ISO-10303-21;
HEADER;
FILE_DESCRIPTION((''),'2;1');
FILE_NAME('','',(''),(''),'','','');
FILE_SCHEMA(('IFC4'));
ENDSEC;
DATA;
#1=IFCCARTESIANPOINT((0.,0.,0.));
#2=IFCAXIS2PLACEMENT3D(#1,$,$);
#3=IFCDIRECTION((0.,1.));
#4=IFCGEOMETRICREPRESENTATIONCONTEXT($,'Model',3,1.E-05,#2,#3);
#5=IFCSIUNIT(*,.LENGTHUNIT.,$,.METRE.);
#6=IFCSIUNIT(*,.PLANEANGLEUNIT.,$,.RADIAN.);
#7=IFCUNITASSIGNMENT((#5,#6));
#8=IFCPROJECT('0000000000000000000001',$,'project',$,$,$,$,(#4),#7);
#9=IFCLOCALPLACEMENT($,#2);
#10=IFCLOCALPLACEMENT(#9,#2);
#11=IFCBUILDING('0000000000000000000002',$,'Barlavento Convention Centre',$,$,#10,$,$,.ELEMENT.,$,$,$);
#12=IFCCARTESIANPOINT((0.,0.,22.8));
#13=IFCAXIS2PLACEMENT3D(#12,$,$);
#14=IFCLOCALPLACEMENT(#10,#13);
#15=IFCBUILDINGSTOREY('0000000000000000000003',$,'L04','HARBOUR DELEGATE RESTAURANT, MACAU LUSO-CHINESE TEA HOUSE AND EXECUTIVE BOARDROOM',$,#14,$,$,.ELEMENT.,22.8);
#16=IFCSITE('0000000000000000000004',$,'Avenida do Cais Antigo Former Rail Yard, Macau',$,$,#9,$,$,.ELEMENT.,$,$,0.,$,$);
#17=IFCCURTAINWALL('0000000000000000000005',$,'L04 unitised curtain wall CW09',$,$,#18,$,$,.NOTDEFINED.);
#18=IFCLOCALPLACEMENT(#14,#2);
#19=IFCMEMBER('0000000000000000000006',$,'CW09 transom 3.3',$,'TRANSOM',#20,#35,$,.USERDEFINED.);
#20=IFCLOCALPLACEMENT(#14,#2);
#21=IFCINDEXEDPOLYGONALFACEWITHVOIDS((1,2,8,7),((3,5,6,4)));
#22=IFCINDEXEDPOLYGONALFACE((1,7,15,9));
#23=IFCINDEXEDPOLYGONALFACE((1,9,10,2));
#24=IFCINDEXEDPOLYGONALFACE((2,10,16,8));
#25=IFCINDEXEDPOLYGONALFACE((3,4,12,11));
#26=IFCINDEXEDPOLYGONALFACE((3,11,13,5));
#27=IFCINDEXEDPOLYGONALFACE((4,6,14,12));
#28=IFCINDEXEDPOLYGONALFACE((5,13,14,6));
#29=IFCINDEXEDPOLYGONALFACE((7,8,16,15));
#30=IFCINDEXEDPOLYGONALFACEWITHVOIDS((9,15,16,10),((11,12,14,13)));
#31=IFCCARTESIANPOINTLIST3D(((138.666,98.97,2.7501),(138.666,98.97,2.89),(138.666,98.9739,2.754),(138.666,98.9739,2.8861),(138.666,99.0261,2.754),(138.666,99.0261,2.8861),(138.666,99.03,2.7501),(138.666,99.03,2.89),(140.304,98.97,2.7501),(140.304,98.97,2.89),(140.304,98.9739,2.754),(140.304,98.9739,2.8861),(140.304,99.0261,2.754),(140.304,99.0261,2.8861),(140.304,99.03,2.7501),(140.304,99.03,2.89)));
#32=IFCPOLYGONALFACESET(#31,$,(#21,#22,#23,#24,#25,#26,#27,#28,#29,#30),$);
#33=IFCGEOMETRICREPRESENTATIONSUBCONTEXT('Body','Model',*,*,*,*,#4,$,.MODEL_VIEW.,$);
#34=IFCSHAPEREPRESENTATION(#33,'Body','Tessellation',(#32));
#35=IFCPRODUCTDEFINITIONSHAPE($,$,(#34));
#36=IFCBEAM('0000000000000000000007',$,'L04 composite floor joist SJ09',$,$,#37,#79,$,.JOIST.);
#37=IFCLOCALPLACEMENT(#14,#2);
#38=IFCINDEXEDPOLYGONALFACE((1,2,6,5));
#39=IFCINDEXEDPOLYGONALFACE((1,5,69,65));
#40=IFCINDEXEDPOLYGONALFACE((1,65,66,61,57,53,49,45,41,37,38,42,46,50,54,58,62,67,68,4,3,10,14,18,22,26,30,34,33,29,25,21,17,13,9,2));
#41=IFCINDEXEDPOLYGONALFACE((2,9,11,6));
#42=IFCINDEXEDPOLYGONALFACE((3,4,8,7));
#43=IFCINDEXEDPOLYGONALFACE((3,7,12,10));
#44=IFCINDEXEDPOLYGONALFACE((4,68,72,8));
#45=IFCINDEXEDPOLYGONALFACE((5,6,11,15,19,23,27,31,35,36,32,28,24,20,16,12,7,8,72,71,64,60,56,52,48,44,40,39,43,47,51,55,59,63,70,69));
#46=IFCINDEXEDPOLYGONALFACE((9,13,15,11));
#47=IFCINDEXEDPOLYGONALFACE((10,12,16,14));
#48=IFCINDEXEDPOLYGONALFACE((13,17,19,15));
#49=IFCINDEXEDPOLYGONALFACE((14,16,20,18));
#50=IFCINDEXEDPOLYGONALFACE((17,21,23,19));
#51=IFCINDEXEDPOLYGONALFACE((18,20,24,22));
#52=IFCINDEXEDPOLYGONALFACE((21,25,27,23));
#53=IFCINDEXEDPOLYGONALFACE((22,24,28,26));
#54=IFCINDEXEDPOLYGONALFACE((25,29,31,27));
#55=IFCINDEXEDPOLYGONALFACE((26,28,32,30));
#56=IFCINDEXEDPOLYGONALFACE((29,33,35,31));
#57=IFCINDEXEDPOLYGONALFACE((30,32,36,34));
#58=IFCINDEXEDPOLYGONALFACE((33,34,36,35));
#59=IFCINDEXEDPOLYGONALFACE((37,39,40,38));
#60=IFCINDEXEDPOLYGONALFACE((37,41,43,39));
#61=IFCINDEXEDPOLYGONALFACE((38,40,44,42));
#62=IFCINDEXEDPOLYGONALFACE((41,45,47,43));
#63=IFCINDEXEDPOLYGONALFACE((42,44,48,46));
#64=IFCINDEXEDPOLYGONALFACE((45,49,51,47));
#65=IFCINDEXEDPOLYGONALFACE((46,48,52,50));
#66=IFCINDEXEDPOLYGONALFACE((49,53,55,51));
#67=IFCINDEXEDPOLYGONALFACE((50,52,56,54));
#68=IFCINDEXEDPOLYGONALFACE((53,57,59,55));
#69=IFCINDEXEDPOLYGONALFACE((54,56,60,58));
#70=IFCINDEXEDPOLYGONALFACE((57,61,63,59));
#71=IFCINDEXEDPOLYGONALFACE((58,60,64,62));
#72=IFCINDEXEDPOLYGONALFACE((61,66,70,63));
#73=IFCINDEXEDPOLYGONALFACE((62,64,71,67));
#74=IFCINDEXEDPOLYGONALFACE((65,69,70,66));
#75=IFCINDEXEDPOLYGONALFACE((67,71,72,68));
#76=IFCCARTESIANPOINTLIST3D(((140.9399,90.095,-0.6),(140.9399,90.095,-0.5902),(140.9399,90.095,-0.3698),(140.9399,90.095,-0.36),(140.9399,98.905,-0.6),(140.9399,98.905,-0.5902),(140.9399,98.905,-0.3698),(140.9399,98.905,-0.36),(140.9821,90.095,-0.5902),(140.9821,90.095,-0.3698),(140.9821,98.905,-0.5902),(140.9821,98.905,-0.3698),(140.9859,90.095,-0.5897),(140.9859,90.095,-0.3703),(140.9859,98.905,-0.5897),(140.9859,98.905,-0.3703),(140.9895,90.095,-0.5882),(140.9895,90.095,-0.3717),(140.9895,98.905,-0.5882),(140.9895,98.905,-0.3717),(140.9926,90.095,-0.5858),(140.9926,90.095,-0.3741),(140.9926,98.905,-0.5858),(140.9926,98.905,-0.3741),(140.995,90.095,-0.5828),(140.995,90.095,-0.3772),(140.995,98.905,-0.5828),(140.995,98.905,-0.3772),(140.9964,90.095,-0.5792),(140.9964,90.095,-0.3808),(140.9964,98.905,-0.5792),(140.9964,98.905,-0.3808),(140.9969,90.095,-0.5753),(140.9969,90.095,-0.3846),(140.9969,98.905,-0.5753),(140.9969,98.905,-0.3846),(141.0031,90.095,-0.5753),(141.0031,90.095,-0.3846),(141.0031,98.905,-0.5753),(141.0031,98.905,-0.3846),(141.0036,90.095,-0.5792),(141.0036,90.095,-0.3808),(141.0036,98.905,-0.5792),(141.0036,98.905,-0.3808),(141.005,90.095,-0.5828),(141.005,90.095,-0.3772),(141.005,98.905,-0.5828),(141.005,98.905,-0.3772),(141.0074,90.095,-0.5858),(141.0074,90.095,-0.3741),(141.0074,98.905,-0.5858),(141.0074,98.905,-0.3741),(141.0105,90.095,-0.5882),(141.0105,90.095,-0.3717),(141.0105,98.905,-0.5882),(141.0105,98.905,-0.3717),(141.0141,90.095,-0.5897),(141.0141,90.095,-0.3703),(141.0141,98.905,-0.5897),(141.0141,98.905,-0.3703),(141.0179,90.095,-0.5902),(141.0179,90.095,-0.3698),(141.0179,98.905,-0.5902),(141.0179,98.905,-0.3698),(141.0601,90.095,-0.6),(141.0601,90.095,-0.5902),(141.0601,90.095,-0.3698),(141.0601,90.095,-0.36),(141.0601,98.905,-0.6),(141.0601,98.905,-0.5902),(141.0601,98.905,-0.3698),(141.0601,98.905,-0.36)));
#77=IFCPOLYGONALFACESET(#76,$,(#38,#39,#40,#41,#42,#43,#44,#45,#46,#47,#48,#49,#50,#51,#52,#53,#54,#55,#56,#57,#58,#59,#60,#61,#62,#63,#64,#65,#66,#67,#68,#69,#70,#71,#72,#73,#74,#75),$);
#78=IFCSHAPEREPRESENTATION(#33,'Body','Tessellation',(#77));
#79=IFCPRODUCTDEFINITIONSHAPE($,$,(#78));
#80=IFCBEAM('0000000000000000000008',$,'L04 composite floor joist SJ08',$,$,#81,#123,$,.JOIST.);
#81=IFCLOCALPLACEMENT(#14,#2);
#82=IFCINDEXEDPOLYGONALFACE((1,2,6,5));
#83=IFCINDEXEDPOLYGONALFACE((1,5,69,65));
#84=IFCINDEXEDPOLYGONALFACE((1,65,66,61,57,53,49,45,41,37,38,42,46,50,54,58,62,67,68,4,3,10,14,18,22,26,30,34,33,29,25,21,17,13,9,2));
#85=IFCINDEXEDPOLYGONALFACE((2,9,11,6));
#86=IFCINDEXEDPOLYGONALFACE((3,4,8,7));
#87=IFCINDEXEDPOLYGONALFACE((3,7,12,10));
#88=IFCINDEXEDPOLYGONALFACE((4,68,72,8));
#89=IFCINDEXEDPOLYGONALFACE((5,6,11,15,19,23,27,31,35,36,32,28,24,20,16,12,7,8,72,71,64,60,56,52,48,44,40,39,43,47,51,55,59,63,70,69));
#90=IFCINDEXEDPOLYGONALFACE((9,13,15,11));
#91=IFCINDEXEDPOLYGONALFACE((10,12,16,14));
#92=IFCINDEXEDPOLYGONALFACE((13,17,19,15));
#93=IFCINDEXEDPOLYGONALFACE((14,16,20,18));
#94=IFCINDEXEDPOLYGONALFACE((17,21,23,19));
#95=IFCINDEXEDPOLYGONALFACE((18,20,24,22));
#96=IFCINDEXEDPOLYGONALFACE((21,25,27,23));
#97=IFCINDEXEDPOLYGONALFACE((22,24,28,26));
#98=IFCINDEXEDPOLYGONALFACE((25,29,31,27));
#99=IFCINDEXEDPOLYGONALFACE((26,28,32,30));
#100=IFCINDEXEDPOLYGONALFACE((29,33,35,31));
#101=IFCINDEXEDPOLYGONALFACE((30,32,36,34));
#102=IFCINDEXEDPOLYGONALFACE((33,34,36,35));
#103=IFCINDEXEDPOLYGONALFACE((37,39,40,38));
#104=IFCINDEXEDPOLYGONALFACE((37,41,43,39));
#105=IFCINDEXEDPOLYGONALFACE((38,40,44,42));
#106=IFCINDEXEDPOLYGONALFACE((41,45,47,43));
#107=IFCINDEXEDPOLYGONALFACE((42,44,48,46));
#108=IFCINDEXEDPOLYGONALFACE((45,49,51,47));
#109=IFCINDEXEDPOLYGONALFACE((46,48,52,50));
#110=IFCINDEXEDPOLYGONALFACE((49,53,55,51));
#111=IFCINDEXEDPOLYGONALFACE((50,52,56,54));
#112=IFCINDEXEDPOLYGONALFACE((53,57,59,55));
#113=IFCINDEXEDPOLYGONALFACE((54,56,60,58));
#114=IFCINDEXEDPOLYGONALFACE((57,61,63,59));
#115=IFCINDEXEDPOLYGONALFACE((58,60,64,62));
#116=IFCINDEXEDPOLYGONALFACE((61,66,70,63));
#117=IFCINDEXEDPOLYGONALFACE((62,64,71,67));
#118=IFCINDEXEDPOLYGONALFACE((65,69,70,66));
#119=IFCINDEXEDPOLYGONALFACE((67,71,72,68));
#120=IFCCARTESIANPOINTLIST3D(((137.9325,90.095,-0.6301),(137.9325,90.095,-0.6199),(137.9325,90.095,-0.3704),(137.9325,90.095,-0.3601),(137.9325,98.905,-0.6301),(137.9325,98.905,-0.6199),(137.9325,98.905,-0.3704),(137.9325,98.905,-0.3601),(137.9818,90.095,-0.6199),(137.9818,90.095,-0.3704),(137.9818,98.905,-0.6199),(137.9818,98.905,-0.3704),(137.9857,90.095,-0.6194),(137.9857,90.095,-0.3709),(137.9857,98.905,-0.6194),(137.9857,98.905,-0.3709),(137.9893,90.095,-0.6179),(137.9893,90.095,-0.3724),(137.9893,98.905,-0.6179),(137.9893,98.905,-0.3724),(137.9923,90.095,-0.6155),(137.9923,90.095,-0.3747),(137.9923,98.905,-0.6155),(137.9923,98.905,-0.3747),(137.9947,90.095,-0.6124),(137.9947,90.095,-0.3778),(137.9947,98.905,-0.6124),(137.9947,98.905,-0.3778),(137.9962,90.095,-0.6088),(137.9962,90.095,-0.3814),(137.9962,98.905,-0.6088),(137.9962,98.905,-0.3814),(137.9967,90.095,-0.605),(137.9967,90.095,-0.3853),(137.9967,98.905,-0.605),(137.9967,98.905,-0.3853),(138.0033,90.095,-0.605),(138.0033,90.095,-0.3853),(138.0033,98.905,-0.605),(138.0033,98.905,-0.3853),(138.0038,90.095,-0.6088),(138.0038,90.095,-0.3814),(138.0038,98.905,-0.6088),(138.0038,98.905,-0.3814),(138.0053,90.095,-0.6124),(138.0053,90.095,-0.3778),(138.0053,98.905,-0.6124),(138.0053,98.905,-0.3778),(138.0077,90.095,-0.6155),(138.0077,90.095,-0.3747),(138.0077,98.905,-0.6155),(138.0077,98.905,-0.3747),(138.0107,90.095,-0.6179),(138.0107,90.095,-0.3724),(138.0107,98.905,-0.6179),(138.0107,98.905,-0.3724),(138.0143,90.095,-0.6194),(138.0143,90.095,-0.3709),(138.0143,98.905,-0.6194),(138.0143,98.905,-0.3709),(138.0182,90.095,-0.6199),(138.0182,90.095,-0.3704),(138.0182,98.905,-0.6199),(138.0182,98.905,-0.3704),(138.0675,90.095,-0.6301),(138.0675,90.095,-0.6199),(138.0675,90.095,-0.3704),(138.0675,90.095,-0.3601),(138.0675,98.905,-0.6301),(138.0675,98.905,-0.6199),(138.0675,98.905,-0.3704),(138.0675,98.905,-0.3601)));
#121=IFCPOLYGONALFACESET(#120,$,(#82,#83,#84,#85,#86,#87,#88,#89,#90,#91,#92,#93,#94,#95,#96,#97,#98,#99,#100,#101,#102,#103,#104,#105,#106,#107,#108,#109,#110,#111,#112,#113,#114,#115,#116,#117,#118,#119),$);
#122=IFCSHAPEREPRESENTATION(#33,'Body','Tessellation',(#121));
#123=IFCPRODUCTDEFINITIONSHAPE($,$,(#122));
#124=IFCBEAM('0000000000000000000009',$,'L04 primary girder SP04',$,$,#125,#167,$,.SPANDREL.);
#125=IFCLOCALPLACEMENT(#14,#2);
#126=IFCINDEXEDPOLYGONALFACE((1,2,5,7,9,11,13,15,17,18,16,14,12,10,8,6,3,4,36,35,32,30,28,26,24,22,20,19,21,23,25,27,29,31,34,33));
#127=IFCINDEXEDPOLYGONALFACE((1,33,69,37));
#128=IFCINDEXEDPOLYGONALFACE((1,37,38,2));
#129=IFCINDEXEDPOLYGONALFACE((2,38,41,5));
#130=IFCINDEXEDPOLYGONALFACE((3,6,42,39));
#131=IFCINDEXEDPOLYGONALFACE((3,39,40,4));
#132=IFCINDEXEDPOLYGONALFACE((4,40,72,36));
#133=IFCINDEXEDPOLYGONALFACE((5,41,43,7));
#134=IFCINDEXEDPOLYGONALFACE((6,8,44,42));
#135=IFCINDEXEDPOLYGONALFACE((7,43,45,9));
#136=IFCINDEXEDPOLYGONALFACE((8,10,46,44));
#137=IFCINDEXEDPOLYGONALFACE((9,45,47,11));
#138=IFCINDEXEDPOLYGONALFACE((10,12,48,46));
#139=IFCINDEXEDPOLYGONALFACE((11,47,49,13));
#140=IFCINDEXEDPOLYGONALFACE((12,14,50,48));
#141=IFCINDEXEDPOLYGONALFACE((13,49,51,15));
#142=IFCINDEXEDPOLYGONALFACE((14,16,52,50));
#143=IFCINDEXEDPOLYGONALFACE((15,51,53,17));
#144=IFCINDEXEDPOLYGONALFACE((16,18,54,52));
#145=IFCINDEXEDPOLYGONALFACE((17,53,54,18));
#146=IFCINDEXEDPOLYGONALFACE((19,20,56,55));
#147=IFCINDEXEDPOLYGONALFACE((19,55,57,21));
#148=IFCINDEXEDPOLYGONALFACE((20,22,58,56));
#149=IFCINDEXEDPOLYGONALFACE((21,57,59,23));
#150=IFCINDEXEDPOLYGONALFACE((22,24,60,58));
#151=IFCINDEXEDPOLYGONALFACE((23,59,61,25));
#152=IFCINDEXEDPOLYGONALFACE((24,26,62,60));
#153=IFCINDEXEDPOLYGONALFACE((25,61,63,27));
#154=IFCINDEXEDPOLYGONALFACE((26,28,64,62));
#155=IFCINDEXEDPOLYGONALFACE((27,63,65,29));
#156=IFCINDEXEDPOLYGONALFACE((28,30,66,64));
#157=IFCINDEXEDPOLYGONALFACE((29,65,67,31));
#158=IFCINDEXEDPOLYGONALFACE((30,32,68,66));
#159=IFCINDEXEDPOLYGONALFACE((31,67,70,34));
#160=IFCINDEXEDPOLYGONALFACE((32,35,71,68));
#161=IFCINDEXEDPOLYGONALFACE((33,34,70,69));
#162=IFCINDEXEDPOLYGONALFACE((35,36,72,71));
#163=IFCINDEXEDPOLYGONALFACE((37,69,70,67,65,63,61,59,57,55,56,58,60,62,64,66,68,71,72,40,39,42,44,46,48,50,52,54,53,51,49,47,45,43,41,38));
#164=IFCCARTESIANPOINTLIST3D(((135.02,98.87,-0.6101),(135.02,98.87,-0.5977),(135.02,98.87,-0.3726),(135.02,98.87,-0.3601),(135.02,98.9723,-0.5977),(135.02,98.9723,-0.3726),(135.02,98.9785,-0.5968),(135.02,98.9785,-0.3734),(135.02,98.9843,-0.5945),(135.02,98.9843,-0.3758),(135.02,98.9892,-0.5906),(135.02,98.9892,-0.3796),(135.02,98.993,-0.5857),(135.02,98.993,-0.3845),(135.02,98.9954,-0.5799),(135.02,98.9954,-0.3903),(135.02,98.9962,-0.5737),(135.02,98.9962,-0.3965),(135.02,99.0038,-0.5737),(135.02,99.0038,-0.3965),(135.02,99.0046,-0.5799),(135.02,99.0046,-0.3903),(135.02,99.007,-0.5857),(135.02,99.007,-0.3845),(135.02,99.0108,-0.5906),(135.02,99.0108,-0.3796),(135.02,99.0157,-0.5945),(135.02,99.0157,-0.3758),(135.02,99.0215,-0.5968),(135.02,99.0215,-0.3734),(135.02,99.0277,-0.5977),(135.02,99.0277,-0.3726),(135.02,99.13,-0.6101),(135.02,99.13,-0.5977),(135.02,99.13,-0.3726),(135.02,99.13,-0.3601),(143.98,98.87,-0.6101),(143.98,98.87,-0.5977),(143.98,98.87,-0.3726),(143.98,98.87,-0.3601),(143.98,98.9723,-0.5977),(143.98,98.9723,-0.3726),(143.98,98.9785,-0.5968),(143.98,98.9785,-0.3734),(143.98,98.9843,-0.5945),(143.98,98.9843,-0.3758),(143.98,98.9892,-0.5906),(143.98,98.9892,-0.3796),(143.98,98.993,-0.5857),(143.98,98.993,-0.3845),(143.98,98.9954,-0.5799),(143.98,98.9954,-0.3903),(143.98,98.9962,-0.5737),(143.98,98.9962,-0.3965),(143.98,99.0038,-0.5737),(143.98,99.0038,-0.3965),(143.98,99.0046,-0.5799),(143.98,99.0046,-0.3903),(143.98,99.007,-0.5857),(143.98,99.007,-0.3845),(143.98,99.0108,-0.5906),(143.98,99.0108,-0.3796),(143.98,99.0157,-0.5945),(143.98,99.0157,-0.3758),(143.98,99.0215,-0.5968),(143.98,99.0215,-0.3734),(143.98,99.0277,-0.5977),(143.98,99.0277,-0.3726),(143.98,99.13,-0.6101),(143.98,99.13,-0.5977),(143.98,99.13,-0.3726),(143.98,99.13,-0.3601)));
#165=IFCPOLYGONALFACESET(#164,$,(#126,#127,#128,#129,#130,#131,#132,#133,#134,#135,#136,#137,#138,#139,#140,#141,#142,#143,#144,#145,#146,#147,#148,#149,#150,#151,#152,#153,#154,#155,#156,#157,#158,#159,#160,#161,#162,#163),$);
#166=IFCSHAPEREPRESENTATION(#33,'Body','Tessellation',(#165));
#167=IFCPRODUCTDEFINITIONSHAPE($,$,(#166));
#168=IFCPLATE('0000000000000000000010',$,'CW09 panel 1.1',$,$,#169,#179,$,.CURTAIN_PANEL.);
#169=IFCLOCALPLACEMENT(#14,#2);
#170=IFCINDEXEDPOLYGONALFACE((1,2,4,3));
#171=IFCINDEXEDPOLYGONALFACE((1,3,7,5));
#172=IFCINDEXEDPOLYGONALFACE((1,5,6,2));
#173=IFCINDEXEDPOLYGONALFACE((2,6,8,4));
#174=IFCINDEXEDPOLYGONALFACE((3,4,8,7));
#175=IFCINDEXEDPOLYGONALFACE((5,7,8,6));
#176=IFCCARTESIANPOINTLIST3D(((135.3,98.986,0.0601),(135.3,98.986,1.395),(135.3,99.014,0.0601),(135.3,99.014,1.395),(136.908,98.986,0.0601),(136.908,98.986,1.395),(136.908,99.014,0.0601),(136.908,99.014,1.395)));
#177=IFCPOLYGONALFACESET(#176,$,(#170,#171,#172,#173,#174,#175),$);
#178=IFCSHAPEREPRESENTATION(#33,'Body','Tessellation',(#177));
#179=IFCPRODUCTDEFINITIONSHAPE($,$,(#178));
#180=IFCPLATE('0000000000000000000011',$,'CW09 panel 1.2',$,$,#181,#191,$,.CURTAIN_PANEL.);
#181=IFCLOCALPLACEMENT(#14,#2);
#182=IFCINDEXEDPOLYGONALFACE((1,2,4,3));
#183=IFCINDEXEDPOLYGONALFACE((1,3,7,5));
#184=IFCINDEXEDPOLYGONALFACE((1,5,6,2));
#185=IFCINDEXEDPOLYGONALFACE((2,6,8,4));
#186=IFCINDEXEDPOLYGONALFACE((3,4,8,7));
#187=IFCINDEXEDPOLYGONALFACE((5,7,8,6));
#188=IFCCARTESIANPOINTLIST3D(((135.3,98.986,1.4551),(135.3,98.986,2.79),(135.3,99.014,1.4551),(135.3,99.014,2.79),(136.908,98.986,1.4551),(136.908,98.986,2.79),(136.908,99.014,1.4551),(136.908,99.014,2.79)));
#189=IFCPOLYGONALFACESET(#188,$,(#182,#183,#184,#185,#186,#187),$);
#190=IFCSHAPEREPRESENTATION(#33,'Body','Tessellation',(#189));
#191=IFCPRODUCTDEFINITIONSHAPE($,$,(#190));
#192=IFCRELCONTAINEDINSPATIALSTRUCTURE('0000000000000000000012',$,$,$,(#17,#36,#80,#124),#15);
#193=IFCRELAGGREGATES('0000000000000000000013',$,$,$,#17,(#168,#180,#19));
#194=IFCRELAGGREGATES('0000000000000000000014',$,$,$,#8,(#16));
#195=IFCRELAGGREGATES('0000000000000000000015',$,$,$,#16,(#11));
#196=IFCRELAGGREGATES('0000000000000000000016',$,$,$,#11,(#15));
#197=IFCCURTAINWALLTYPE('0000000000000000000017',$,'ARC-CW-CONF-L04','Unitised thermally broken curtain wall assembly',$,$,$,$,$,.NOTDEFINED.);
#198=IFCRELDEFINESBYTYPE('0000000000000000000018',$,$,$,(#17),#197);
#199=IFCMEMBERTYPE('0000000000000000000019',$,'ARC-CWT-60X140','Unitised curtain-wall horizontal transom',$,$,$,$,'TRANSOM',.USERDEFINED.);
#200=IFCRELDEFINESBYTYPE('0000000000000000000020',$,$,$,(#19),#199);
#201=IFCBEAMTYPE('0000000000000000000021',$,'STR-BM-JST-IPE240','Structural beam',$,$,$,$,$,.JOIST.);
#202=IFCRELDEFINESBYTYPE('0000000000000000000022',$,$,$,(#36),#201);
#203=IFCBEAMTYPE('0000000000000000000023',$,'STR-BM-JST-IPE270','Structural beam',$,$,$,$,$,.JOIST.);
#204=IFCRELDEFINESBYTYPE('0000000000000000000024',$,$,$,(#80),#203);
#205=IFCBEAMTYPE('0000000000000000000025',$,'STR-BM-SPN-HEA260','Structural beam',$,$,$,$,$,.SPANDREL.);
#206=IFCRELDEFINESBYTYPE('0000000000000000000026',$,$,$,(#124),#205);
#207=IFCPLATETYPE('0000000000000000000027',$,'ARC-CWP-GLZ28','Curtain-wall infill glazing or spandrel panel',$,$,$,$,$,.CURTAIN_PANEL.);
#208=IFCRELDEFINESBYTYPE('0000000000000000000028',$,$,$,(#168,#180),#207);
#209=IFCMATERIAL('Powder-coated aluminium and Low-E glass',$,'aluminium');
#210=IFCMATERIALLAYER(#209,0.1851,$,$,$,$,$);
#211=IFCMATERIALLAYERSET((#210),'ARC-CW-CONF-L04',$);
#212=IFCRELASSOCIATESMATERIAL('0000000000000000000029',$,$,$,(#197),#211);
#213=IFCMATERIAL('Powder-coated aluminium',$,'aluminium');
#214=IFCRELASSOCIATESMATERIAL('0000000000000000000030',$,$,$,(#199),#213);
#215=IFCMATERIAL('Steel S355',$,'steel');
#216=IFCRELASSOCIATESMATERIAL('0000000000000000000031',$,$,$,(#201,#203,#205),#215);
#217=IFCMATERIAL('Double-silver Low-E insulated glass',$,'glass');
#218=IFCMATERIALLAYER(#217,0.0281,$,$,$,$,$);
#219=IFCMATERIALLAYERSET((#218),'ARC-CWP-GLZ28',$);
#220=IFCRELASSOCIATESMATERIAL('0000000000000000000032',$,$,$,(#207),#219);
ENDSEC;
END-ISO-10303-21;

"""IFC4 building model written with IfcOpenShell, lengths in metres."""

from ifc_helpers import new_model, si_unit, direction, frame, origin, origin_2d, place, context, subcontext, project, spatial, rectangle, hollow_rectangle, i_section, extrude, material, layer, layer_set, material_profile, profile_set, type_object, element, aggregate, save


model = new_model("IFC4")

# Units and contexts
model_context = context("Model", 3, precision=1e-05, world=origin(), true_north=direction((0.0, 1.0)))
body_context = subcontext(model_context, "Body", "Model", "MODEL_VIEW")
ifc_project = project(units=[si_unit("LENGTHUNIT", "METRE"), si_unit("PLANEANGLEUNIT", "RADIAN")], contexts=[model_context])

# Site, building, storey
site_placement = place(None, origin())
site = spatial("IfcSite", under=ifc_project, at=site_placement, Name="Avenida do Cais Antigo Former Rail Yard, Macau", CompositionType="ELEMENT", RefElevation=0.0)
building_placement = place(site_placement, origin())
building = spatial("IfcBuilding", under=site, at=building_placement, Name="Barlavento Convention Centre", CompositionType="ELEMENT")
storey_placement = place(building_placement, frame((0.0, 0.0, 22.8)))
storey = spatial("IfcBuildingStorey", under=building, at=storey_placement, Name="L04", Description="HARBOUR DELEGATE RESTAURANT, MACAU LUSO-CHINESE TEA HOUSE AND EXECUTIVE BOARDROOM", CompositionType="ELEMENT", Elevation=22.8)

# Curtain wall, member
ifc_material_1 = material(Name="Powder-coated aluminium and Low-E glass", Category="aluminium")
ifc_layer_1 = layer(ifc_material_1, 0.1851)
ifc_layer_set_1 = layer_set([ifc_layer_1], Name="ARC-CW-CONF-L04")
curtain_wall_type = type_object("IfcCurtainWallType", Name="ARC-CW-CONF-L04", Description="Unitised thermally broken curtain wall assembly", PredefinedType="NOTDEFINED", material=ifc_layer_set_1)
curtain_wall_placement = place(storey_placement, origin())
curtain_wall = element("IfcCurtainWall", 1, at=curtain_wall_placement, inside=storey, type_object=curtain_wall_type, Name="L04 unitised curtain wall CW09", PredefinedType="NOTDEFINED")
ifc_material_2 = material(Name="Powder-coated aluminium", Category="aluminium")
ifc_material_profile_1 = material_profile(ifc_material_2, hollow_rectangle(XDim=0.0601, YDim=0.1399, WallThickness=0.0039, at=origin_2d()), Name="AL-TRAN 60x140x4")
ifc_profile_set_1 = profile_set([ifc_material_profile_1], Name="Powder-coated aluminium")
member_type_1 = type_object("IfcMemberType", Name="ARC-CWT-60X140", Description="Unitised curtain-wall horizontal transom", ElementType="TRANSOM", PredefinedType="USERDEFINED", material=ifc_profile_set_1)
member_1_placement = place(storey_placement, frame((138.666, 99.0, 2.8201), z_axis=(1.0, 0.0, 0.0), x_axis=(0.0, 1.0, 0.0)))
member_1 = element("IfcMember", 2, at=member_1_placement, type_object=member_type_1, Name="CW09 transom 3.3", ObjectType="TRANSOM", PredefinedType="USERDEFINED", context=body_context, shape_type="SweptSolid", body=[
    extrude(hollow_rectangle(XDim=0.0601, YDim=0.1399, WallThickness=0.0039, at=origin_2d()), origin(), (0.0, 0.0, 1.0), 1.6379),
])

# Beams
ifc_material_3 = material(Name="Steel S355", Category="steel")
ifc_material_profile_2 = material_profile(ifc_material_3, i_section(OverallWidth=0.1201, OverallDepth=0.24, WebThickness=0.0061, FlangeThickness=0.0098, FilletRadius=0.0149, at=origin_2d()), Name="IPE 240")
ifc_profile_set_2 = profile_set([ifc_material_profile_2], Name="Steel S355")
beam_type_1 = type_object("IfcBeamType", Name="STR-BM-JST-IPE240", Description="Structural beam", PredefinedType="JOIST", material=ifc_profile_set_2)
beam_1_placement = place(storey_placement, frame((141.0, 90.095, -0.48), z_axis=(0.0, 1.0, 0.0), x_axis=(-1.0, 0.0, 0.0)))
element("IfcBeam", 3, at=beam_1_placement, inside=storey, type_object=beam_type_1, Name="L04 composite floor joist SJ09", PredefinedType="JOIST", context=body_context, shape_type="SweptSolid", body=[
    extrude(i_section(OverallWidth=0.1201, OverallDepth=0.24, WebThickness=0.0061, FlangeThickness=0.0098, FilletRadius=0.0149, at=origin_2d()), origin(), (0.0, 0.0, 1.0), 8.8101),
])
ifc_material_profile_3 = material_profile(ifc_material_3, i_section(OverallWidth=0.135, OverallDepth=0.27, WebThickness=0.0066, FlangeThickness=0.0103, FilletRadius=0.0149, at=origin_2d()), Name="IPE 270")
ifc_profile_set_3 = profile_set([ifc_material_profile_3], Name="Steel S355")
beam_type_2 = type_object("IfcBeamType", Name="STR-BM-JST-IPE270", Description="Structural beam", PredefinedType="JOIST", material=ifc_profile_set_3)
beam_2_placement = place(storey_placement, frame((138.0, 90.095, -0.4951), z_axis=(0.0, 1.0, 0.0), x_axis=(-1.0, 0.0, 0.0)))
element("IfcBeam", 4, at=beam_2_placement, inside=storey, type_object=beam_type_2, Name="L04 composite floor joist SJ08", PredefinedType="JOIST", context=body_context, shape_type="SweptSolid", body=[
    extrude(i_section(OverallWidth=0.135, OverallDepth=0.27, WebThickness=0.0066, FlangeThickness=0.0103, FilletRadius=0.0149, at=origin_2d()), origin(), (0.0, 0.0, 1.0), 8.8101),
])
ifc_material_profile_4 = material_profile(ifc_material_3, i_section(OverallWidth=0.26, OverallDepth=0.25, WebThickness=0.0076, FlangeThickness=0.0125, FilletRadius=0.0239, at=origin_2d()), Name="HEA 260")
ifc_profile_set_4 = profile_set([ifc_material_profile_4], Name="Steel S355")
beam_type_3 = type_object("IfcBeamType", Name="STR-BM-SPN-HEA260", Description="Structural beam", PredefinedType="SPANDREL", material=ifc_profile_set_4)
beam_3_placement = place(storey_placement, frame((135.02, 99.0, -0.4851), z_axis=(1.0, 0.0, 0.0), x_axis=(0.0, 1.0, 0.0)))
element("IfcBeam", 5, at=beam_3_placement, inside=storey, type_object=beam_type_3, Name="L04 primary girder SP04", PredefinedType="SPANDREL", context=body_context, shape_type="SweptSolid", body=[
    extrude(i_section(OverallWidth=0.26, OverallDepth=0.25, WebThickness=0.0076, FlangeThickness=0.0125, FilletRadius=0.0239, at=origin_2d()), origin(), (0.0, 0.0, 1.0), 8.96),
])

# Plates
ifc_material_4 = material(Name="Double-silver Low-E insulated glass", Category="glass")
ifc_layer_2 = layer(ifc_material_4, 0.0281)
ifc_layer_set_2 = layer_set([ifc_layer_2], Name="ARC-CWP-GLZ28")
plate_type = type_object("IfcPlateType", Name="ARC-CWP-GLZ28", Description="Curtain-wall infill glazing or spandrel panel", PredefinedType="CURTAIN_PANEL", material=ifc_layer_set_2)
plate_1_placement = place(storey_placement, frame((136.104, 99.0, 0.0601), z_axis=(0.0, 0.0, 1.0), x_axis=(1.0, 0.0, 0.0)))
plate_1 = element("IfcPlate", 6, at=plate_1_placement, type_object=plate_type, Name="CW09 panel 1.1", PredefinedType="CURTAIN_PANEL", context=body_context, shape_type="SweptSolid", body=[
    extrude(rectangle(XDim=1.6079, YDim=0.0281, at=origin_2d()), origin(), (0.0, 0.0, 1.0), 1.335),
])
plate_2_placement = place(storey_placement, frame((136.104, 99.0, 1.4551), z_axis=(0.0, 0.0, 1.0), x_axis=(1.0, 0.0, 0.0)))
plate_2 = element("IfcPlate", 7, at=plate_2_placement, type_object=plate_type, Name="CW09 panel 1.2", PredefinedType="CURTAIN_PANEL", context=body_context, shape_type="SweptSolid", body=[
    extrude(rectangle(XDim=1.6079, YDim=0.0281, at=origin_2d()), origin(), (0.0, 0.0, 1.0), 1.335),
])
aggregate(curtain_wall, [plate_1, plate_2, member_1])

save(model, "model.ifc")
